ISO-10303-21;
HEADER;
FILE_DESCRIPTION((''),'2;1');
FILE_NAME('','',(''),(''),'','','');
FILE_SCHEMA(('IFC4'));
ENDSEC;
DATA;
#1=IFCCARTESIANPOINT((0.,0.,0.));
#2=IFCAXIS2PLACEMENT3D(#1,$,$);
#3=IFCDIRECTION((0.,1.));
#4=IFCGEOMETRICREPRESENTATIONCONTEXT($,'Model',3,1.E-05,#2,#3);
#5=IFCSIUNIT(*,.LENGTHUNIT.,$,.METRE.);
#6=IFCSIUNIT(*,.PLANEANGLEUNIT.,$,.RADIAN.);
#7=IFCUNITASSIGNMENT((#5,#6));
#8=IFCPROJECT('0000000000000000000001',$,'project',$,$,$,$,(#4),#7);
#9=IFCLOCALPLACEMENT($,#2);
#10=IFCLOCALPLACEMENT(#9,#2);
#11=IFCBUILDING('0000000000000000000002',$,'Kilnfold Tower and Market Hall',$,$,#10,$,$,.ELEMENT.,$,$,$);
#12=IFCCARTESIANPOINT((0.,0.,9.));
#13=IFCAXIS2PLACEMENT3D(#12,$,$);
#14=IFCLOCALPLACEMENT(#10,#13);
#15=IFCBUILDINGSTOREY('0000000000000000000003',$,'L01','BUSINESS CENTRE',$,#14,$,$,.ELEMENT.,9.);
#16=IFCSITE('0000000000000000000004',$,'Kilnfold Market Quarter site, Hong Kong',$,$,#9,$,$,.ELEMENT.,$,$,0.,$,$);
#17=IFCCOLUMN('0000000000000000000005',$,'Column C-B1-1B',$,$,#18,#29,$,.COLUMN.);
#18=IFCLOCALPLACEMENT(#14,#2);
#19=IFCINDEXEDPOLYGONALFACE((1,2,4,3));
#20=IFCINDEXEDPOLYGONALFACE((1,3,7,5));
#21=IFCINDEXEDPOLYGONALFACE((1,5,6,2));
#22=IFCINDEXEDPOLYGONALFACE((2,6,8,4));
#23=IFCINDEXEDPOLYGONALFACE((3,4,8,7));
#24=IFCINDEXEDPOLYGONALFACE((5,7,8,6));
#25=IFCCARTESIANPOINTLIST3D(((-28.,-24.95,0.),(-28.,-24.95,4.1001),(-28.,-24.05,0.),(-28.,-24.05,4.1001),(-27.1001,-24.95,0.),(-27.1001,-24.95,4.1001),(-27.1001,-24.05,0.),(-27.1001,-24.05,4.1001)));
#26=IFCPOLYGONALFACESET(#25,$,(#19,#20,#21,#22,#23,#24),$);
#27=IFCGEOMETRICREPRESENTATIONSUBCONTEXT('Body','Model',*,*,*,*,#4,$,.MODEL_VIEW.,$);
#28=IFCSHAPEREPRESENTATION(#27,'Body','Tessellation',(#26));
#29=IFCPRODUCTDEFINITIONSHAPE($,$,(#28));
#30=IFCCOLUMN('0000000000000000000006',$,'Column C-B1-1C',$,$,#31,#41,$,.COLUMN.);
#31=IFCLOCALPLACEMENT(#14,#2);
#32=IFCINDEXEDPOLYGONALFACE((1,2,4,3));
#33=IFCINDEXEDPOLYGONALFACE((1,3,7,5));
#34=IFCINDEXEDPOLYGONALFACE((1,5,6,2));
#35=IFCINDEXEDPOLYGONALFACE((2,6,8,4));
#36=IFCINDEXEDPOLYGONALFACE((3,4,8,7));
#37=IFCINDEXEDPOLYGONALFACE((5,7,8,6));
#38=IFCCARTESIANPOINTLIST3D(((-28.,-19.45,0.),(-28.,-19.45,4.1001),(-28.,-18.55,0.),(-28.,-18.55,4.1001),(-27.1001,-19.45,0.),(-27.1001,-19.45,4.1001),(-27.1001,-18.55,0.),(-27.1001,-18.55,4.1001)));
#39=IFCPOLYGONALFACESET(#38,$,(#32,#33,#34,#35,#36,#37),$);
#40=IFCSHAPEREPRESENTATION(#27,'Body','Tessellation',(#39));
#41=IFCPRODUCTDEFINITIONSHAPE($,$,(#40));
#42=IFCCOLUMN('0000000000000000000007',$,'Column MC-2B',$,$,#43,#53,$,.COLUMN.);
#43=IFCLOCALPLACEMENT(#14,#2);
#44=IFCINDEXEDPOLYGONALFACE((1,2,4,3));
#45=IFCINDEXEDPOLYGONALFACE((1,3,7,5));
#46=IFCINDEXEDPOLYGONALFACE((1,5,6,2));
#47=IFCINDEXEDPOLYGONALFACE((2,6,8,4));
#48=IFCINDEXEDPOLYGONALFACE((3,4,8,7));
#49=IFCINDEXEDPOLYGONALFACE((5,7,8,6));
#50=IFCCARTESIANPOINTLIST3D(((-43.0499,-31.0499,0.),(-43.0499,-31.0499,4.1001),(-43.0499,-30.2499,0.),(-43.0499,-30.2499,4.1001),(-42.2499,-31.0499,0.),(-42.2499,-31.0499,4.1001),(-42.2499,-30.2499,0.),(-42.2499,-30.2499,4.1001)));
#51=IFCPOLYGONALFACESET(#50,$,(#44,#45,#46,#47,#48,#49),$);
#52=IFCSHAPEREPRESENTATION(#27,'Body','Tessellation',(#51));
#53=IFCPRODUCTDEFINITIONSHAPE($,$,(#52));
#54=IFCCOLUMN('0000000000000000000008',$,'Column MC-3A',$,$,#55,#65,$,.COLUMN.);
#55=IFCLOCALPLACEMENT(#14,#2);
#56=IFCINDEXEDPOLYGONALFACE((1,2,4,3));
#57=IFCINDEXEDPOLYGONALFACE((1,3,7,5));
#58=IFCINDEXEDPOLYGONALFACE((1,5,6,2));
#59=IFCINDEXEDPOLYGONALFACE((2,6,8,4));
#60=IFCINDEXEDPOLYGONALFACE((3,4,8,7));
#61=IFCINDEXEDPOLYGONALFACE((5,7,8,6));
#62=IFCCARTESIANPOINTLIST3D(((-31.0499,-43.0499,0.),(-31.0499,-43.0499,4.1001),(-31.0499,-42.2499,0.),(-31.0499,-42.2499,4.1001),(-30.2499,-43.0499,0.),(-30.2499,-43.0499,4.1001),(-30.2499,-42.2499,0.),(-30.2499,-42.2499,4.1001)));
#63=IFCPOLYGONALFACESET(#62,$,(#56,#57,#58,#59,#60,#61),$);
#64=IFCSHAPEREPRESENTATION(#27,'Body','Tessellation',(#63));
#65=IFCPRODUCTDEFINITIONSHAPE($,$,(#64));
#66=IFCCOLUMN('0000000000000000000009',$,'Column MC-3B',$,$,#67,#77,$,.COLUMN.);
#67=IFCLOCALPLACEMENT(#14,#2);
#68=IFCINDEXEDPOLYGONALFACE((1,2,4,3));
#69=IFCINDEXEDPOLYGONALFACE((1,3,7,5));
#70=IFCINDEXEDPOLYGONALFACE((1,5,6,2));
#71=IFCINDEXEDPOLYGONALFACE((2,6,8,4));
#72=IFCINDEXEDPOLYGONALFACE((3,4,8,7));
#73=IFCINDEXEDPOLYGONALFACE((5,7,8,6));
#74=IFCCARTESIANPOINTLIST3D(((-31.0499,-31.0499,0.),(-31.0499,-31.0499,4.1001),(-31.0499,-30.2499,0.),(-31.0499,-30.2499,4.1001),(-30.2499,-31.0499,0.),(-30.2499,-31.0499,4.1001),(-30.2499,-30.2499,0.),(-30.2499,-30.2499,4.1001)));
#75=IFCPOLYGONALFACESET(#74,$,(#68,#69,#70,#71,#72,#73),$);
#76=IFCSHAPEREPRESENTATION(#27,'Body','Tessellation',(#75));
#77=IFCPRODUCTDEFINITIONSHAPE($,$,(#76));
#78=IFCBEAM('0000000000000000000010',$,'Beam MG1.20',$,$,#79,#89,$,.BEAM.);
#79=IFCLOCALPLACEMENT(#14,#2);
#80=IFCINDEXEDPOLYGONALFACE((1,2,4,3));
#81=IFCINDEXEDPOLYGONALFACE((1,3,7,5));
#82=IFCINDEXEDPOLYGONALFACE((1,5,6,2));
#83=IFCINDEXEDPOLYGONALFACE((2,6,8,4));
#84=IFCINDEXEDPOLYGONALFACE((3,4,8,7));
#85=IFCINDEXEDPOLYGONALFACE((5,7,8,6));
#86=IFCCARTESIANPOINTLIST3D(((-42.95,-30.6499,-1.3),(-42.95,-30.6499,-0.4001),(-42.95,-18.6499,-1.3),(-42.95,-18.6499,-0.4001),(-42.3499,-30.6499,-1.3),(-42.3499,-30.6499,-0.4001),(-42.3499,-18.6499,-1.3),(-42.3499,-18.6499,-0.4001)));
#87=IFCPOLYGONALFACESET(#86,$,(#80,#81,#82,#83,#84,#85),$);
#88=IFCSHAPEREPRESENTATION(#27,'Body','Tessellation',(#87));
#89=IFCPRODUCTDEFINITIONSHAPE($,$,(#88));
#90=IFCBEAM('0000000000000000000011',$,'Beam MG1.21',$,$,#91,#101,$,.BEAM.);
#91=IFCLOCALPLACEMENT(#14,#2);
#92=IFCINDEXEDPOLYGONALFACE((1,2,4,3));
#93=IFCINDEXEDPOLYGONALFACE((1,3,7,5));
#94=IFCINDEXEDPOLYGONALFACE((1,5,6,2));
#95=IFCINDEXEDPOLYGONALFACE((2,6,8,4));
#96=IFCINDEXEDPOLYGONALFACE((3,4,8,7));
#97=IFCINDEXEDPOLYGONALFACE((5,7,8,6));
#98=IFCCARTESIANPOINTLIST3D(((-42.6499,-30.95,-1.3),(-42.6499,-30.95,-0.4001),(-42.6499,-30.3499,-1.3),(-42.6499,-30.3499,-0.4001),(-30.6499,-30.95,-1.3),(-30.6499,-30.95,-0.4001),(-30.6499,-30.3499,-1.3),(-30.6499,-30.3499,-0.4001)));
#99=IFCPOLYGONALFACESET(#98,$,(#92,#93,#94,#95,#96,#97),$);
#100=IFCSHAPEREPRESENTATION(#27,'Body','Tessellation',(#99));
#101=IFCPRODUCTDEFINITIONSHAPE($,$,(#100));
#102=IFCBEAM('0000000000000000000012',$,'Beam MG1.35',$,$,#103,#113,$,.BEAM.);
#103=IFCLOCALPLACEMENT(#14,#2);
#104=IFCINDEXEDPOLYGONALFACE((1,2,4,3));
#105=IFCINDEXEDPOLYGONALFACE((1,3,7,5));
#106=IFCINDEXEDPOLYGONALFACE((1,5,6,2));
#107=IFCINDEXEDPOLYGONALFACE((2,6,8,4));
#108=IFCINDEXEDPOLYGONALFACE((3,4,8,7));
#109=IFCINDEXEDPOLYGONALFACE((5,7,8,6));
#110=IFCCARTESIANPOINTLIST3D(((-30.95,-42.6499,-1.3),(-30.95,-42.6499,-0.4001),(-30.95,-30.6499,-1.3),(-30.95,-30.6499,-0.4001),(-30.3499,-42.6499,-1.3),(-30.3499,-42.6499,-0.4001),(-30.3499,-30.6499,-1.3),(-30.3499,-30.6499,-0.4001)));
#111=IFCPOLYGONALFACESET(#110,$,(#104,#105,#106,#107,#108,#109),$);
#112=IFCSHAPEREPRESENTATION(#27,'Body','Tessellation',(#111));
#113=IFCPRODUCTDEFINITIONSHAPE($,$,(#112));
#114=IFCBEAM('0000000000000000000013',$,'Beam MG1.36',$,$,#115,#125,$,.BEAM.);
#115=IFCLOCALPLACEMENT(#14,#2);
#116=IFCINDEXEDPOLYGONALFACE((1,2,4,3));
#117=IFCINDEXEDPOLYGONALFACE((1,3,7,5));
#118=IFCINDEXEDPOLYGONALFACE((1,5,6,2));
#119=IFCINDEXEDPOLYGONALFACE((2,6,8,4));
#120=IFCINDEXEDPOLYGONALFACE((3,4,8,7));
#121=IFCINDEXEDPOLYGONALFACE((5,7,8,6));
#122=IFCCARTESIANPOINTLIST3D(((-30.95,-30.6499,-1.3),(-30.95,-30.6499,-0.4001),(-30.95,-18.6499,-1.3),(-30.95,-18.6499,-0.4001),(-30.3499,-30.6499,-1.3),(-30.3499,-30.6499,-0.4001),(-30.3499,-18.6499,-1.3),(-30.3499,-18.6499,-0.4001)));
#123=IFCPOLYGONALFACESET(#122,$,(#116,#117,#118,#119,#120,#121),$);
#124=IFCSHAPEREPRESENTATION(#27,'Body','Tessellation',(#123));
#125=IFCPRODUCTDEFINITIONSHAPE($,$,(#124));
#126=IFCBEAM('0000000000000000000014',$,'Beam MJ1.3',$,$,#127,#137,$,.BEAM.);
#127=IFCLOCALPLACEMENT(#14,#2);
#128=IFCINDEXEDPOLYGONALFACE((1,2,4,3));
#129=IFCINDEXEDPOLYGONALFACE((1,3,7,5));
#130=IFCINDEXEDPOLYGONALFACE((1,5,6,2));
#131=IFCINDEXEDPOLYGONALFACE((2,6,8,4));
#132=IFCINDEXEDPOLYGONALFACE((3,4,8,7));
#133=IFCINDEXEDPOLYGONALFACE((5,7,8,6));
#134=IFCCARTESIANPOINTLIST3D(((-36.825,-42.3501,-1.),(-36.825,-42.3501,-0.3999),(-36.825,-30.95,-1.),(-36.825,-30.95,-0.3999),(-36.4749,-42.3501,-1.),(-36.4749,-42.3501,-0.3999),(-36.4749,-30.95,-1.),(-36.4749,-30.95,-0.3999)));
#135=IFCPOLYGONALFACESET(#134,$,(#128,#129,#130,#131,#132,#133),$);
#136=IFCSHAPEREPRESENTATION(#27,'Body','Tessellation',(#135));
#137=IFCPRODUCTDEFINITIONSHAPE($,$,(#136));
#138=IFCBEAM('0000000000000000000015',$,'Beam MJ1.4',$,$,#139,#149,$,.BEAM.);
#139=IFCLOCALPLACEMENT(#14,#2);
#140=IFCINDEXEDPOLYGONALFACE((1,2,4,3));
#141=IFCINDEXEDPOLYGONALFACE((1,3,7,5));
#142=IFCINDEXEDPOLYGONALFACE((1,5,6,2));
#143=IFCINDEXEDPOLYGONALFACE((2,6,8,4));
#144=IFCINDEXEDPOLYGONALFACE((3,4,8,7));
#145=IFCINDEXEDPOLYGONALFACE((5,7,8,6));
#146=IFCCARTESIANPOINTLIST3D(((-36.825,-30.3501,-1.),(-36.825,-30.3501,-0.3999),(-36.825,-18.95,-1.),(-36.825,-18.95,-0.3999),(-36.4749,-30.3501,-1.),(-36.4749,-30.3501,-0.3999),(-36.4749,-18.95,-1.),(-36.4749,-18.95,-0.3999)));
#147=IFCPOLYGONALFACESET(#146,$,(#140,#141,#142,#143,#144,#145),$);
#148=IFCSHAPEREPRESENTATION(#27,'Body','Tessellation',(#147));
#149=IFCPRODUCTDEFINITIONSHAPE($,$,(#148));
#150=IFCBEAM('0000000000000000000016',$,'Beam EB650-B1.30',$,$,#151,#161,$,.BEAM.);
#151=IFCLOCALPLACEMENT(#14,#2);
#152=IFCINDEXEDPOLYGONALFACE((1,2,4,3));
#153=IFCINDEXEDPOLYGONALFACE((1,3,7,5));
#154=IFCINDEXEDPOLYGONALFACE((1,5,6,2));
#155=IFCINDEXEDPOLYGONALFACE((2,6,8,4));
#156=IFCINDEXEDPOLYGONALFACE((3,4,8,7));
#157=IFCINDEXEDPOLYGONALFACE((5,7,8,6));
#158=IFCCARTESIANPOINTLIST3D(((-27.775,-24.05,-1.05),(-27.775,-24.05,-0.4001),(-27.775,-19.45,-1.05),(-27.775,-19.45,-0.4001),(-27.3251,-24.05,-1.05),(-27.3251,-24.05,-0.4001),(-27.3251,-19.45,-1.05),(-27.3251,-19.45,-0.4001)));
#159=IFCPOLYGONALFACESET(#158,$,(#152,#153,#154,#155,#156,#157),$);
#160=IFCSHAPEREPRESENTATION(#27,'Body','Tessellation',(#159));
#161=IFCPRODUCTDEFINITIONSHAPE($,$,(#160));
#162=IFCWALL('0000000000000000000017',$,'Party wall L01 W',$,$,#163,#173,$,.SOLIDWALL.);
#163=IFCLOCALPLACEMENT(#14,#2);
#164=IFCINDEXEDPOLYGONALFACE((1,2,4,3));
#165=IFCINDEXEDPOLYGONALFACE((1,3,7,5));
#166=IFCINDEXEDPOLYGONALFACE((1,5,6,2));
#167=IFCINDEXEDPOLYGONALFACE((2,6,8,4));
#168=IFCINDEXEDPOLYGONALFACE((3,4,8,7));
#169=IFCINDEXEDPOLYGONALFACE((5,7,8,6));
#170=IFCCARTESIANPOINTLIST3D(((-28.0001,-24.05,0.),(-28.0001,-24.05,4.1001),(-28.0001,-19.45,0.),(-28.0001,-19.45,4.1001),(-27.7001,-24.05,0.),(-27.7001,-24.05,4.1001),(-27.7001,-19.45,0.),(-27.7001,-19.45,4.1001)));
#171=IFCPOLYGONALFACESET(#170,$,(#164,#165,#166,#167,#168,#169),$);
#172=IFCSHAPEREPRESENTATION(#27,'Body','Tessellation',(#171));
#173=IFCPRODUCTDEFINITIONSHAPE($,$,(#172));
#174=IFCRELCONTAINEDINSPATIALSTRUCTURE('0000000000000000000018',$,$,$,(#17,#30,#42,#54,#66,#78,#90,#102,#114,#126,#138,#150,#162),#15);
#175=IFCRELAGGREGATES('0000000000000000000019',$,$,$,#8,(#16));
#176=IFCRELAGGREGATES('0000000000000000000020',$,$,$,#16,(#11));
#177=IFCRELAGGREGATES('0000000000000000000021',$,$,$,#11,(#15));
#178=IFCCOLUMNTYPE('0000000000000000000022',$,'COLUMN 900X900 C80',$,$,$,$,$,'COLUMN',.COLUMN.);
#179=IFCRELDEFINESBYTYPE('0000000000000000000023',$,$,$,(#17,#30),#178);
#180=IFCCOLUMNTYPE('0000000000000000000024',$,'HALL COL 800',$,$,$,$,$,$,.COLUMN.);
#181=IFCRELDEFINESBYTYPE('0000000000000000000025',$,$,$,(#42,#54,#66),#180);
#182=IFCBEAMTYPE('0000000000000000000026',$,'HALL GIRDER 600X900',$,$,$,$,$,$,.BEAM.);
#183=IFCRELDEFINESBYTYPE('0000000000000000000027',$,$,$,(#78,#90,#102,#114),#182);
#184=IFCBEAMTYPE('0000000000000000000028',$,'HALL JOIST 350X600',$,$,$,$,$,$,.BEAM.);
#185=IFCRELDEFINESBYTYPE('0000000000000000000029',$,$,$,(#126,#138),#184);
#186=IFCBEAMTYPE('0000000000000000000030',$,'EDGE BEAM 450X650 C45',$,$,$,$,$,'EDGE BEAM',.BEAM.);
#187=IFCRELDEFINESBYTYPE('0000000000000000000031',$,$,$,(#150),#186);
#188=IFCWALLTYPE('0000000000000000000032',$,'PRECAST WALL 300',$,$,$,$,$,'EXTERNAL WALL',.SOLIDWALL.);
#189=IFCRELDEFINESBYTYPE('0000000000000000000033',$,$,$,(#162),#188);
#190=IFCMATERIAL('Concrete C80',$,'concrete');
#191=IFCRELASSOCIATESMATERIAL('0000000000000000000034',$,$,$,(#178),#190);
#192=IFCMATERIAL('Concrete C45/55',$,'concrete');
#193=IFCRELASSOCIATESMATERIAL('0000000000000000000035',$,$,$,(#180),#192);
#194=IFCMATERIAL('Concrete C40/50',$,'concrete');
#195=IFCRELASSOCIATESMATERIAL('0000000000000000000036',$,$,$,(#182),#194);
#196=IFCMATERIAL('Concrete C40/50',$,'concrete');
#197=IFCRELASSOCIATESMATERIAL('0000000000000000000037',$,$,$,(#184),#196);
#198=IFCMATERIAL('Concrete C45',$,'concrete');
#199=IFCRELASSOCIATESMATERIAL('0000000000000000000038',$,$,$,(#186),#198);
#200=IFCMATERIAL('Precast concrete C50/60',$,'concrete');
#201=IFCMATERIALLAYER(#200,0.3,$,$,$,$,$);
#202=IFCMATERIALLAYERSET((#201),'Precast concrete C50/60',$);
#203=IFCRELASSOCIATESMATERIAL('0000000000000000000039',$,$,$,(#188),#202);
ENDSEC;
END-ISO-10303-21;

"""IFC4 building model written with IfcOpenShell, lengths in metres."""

from ifc_helpers import new_model, si_unit, direction, frame, frame_2d, origin, origin_2d, place, context, subcontext, project, spatial, rectangle, extrude, source, transform, mapped, material, layer, layer_set, material_profile, profile_set, type_object, element, save


model = new_model("IFC4")

# Units and contexts
model_context = context("Model", 3, precision=1e-05, world=origin(), true_north=direction((0.0, 1.0)))
body_context = subcontext(model_context, "Body", "Model", "MODEL_VIEW")
ifc_project = project(units=[si_unit("LENGTHUNIT", "METRE"), si_unit("PLANEANGLEUNIT", "RADIAN")], contexts=[model_context])

# Site, building, storey
site_placement = place(None, origin())
site = spatial("IfcSite", under=ifc_project, at=site_placement, Name="Kilnfold Market Quarter site, Hong Kong", CompositionType="ELEMENT", RefElevation=0.0)
building_placement = place(site_placement, origin())
building = spatial("IfcBuilding", under=site, at=building_placement, Name="Kilnfold Tower and Market Hall", CompositionType="ELEMENT")
storey_placement = place(building_placement, frame((0.0, 0.0, 9.0)))
storey = spatial("IfcBuildingStorey", under=building, at=storey_placement, Name="L01", Description="BUSINESS CENTRE", CompositionType="ELEMENT", Elevation=9.0)

# Columns
ifc_material_1 = material(Name="Concrete C80", Category="concrete")
ifc_material_profile_1 = material_profile(ifc_material_1, rectangle(XDim=0.8999, YDim=0.8999, at=origin_2d()), Name="RC 900x900")
ifc_profile_set_1 = profile_set([ifc_material_profile_1], Name="Concrete C80")
column_type_1 = type_object("IfcColumnType", Name="COLUMN 900X900 C80", ElementType="COLUMN", PredefinedType="COLUMN", material=ifc_profile_set_1)
shared_shape_1 = source(origin(), body_context, "Body", "SweptSolid", [
    extrude(rectangle(XDim=0.8999, YDim=0.8999, at=origin_2d()), origin(), (0.0, 0.0, 1.0), 4.1001),
])
for number, where, z_axis, x_axis, name in (
    (1, (-27.55, -24.5, 0.0), (0.0, 0.0, 1.0), (1.0, 0.0, 0.0), "Column C-B1-1B"),
    (2, (-27.55, -19.0, 0.0), (0.0, 0.0, 1.0), (1.0, 0.0, 0.0), "Column C-B1-1C"),
):
    element("IfcColumn", number, at=place(storey_placement, frame(where, z_axis=z_axis, x_axis=x_axis)), inside=storey, type_object=column_type_1, Name=name, PredefinedType="COLUMN", context=body_context, shape_type="MappedRepresentation", body=[
        mapped(shared_shape_1, transform((0.0, 0.0, 0.0))),
    ])
ifc_material_2 = material(Name="Concrete C45/55", Category="concrete")
ifc_material_profile_2 = material_profile(ifc_material_2, rectangle(XDim=0.8, YDim=0.8, at=origin_2d()), Name="RC 800x800")
ifc_profile_set_2 = profile_set([ifc_material_profile_2], Name="Concrete C45/55")
column_type_2 = type_object("IfcColumnType", Name="HALL COL 800", PredefinedType="COLUMN", material=ifc_profile_set_2)
shared_shape_2 = source(origin(), body_context, "Body", "SweptSolid", [
    extrude(rectangle(XDim=0.8, YDim=0.8, at=origin_2d()), origin(), (0.0, 0.0, 1.0), 4.1001),
])
for number, where, z_axis, x_axis, name in (
    (3, (-42.6499, -30.6499, 0.0), (0.0, 0.0, 1.0), (1.0, 0.0, 0.0), "Column MC-2B"),
    (4, (-30.6499, -42.6499, 0.0), (0.0, 0.0, 1.0), (1.0, 0.0, 0.0), "Column MC-3A"),
    (5, (-30.6499, -30.6499, 0.0), (0.0, 0.0, 1.0), (1.0, 0.0, 0.0), "Column MC-3B"),
):
    element("IfcColumn", number, at=place(storey_placement, frame(where, z_axis=z_axis, x_axis=x_axis)), inside=storey, type_object=column_type_2, Name=name, PredefinedType="COLUMN", context=body_context, shape_type="MappedRepresentation", body=[
        mapped(shared_shape_2, transform((0.0, 0.0, 0.0))),
    ])

# Beams
ifc_material_3 = material(Name="Concrete C40/50", Category="concrete")
ifc_material_profile_3 = material_profile(ifc_material_3, rectangle(XDim=0.6001, YDim=0.8999, at=origin_2d()), Name="RC 600x900")
ifc_profile_set_3 = profile_set([ifc_material_profile_3], Name="Concrete C40/50")
beam_type_1 = type_object("IfcBeamType", Name="HALL GIRDER 600X900", PredefinedType="BEAM", material=ifc_profile_set_3)
for number, where, z_axis, x_axis, name in (
    (6, (-42.6499, -30.6499, -0.8501), (0.0, 1.0, 0.0), (-1.0, 0.0, 0.0), "Beam MG1.20"),
    (7, (-42.6499, -30.6499, -0.8501), (1.0, 0.0, 0.0), (0.0, 1.0, 0.0), "Beam MG1.21"),
    (8, (-30.6499, -42.6499, -0.8501), (0.0, 1.0, 0.0), (-1.0, 0.0, 0.0), "Beam MG1.35"),
    (9, (-30.6499, -30.6499, -0.8501), (0.0, 1.0, 0.0), (-1.0, 0.0, 0.0), "Beam MG1.36"),
):
    element("IfcBeam", number, at=place(storey_placement, frame(where, z_axis=z_axis, x_axis=x_axis)), inside=storey, type_object=beam_type_1, Name=name, PredefinedType="BEAM", context=body_context, shape_type="SweptSolid", body=[
        extrude(rectangle(XDim=0.6001, YDim=0.8999, at=origin_2d()), origin(), (0.0, 0.0, 1.0), 12.0),
    ])
ifc_material_4 = material(Name="Concrete C40/50", Category="concrete")
ifc_material_profile_4 = material_profile(ifc_material_4, rectangle(XDim=0.3501, YDim=0.6001, at=origin_2d()), Name="RC 350x600")
ifc_profile_set_4 = profile_set([ifc_material_profile_4], Name="Concrete C40/50")
beam_type_2 = type_object("IfcBeamType", Name="HALL JOIST 350X600", PredefinedType="BEAM", material=ifc_profile_set_4)
for number, where, z_axis, x_axis, name in (
    (10, (-36.6499, -42.3501, -0.7), (0.0, 1.0, 0.0), (-1.0, 0.0, 0.0), "Beam MJ1.3"),
    (11, (-36.6499, -30.3501, -0.7), (0.0, 1.0, 0.0), (-1.0, 0.0, 0.0), "Beam MJ1.4"),
):
    element("IfcBeam", number, at=place(storey_placement, frame(where, z_axis=z_axis, x_axis=x_axis)), inside=storey, type_object=beam_type_2, Name=name, PredefinedType="BEAM", context=body_context, shape_type="SweptSolid", body=[
        extrude(rectangle(XDim=0.3501, YDim=0.6001, at=origin_2d()), origin(), (0.0, 0.0, 1.0), 11.4001),
    ])
ifc_material_5 = material(Name="Concrete C45", Category="concrete")
ifc_material_profile_5 = material_profile(ifc_material_5, rectangle(XDim=0.45, YDim=0.6499, at=origin_2d()), Name="RC 450x650")
ifc_profile_set_5 = profile_set([ifc_material_profile_5], Name="Concrete C45")
beam_type_3 = type_object("IfcBeamType", Name="EDGE BEAM 450X650 C45", ElementType="EDGE BEAM", PredefinedType="BEAM", material=ifc_profile_set_5)
shared_shape_3 = source(origin(), body_context, "Body", "SweptSolid", [
    extrude(rectangle(XDim=0.45, YDim=0.6499, at=origin_2d()), origin(), (0.0, 0.0, 1.0), 4.6001),
])
beam_placement = place(storey_placement, frame((-27.55, -24.05, -0.7251), z_axis=(0.0, 1.0, 0.0), x_axis=(-1.0, 0.0, 0.0)))
element("IfcBeam", 12, at=beam_placement, inside=storey, type_object=beam_type_3, Name="Beam EB650-B1.30", PredefinedType="BEAM", context=body_context, shape_type="MappedRepresentation", body=[
    mapped(shared_shape_3, transform((0.0, 0.0, 0.0))),
])

# Wall
ifc_material_6 = material(Name="Precast concrete C50/60", Category="concrete")
ifc_layer_1 = layer(ifc_material_6, 0.3)
ifc_layer_set_1 = layer_set([ifc_layer_1], Name="Precast concrete C50/60")
wall_type_1 = type_object("IfcWallType", Name="PRECAST WALL 300", ElementType="EXTERNAL WALL", PredefinedType="SOLIDWALL", material=ifc_layer_set_1)
shared_shape_4 = source(origin(), body_context, "Body", "SweptSolid", [
    extrude(rectangle(XDim=4.6001, YDim=0.3, at=frame_2d((2.3, 0.0))), origin(), (0.0, 0.0, 1.0), 4.1001),
])
wall_1_placement = place(storey_placement, frame((-27.8501, -19.45, 0.0), z_axis=(0.0, 0.0, 1.0), x_axis=(0.0, -1.0, 0.0)))
element("IfcWall", 13, at=wall_1_placement, inside=storey, type_object=wall_type_1, Name="Party wall L01 W", PredefinedType="SOLIDWALL", context=body_context, shape_type="MappedRepresentation", body=[
    mapped(shared_shape_4, transform((0.0, 0.0, 0.0))),
])

save(model, "model.ifc")
